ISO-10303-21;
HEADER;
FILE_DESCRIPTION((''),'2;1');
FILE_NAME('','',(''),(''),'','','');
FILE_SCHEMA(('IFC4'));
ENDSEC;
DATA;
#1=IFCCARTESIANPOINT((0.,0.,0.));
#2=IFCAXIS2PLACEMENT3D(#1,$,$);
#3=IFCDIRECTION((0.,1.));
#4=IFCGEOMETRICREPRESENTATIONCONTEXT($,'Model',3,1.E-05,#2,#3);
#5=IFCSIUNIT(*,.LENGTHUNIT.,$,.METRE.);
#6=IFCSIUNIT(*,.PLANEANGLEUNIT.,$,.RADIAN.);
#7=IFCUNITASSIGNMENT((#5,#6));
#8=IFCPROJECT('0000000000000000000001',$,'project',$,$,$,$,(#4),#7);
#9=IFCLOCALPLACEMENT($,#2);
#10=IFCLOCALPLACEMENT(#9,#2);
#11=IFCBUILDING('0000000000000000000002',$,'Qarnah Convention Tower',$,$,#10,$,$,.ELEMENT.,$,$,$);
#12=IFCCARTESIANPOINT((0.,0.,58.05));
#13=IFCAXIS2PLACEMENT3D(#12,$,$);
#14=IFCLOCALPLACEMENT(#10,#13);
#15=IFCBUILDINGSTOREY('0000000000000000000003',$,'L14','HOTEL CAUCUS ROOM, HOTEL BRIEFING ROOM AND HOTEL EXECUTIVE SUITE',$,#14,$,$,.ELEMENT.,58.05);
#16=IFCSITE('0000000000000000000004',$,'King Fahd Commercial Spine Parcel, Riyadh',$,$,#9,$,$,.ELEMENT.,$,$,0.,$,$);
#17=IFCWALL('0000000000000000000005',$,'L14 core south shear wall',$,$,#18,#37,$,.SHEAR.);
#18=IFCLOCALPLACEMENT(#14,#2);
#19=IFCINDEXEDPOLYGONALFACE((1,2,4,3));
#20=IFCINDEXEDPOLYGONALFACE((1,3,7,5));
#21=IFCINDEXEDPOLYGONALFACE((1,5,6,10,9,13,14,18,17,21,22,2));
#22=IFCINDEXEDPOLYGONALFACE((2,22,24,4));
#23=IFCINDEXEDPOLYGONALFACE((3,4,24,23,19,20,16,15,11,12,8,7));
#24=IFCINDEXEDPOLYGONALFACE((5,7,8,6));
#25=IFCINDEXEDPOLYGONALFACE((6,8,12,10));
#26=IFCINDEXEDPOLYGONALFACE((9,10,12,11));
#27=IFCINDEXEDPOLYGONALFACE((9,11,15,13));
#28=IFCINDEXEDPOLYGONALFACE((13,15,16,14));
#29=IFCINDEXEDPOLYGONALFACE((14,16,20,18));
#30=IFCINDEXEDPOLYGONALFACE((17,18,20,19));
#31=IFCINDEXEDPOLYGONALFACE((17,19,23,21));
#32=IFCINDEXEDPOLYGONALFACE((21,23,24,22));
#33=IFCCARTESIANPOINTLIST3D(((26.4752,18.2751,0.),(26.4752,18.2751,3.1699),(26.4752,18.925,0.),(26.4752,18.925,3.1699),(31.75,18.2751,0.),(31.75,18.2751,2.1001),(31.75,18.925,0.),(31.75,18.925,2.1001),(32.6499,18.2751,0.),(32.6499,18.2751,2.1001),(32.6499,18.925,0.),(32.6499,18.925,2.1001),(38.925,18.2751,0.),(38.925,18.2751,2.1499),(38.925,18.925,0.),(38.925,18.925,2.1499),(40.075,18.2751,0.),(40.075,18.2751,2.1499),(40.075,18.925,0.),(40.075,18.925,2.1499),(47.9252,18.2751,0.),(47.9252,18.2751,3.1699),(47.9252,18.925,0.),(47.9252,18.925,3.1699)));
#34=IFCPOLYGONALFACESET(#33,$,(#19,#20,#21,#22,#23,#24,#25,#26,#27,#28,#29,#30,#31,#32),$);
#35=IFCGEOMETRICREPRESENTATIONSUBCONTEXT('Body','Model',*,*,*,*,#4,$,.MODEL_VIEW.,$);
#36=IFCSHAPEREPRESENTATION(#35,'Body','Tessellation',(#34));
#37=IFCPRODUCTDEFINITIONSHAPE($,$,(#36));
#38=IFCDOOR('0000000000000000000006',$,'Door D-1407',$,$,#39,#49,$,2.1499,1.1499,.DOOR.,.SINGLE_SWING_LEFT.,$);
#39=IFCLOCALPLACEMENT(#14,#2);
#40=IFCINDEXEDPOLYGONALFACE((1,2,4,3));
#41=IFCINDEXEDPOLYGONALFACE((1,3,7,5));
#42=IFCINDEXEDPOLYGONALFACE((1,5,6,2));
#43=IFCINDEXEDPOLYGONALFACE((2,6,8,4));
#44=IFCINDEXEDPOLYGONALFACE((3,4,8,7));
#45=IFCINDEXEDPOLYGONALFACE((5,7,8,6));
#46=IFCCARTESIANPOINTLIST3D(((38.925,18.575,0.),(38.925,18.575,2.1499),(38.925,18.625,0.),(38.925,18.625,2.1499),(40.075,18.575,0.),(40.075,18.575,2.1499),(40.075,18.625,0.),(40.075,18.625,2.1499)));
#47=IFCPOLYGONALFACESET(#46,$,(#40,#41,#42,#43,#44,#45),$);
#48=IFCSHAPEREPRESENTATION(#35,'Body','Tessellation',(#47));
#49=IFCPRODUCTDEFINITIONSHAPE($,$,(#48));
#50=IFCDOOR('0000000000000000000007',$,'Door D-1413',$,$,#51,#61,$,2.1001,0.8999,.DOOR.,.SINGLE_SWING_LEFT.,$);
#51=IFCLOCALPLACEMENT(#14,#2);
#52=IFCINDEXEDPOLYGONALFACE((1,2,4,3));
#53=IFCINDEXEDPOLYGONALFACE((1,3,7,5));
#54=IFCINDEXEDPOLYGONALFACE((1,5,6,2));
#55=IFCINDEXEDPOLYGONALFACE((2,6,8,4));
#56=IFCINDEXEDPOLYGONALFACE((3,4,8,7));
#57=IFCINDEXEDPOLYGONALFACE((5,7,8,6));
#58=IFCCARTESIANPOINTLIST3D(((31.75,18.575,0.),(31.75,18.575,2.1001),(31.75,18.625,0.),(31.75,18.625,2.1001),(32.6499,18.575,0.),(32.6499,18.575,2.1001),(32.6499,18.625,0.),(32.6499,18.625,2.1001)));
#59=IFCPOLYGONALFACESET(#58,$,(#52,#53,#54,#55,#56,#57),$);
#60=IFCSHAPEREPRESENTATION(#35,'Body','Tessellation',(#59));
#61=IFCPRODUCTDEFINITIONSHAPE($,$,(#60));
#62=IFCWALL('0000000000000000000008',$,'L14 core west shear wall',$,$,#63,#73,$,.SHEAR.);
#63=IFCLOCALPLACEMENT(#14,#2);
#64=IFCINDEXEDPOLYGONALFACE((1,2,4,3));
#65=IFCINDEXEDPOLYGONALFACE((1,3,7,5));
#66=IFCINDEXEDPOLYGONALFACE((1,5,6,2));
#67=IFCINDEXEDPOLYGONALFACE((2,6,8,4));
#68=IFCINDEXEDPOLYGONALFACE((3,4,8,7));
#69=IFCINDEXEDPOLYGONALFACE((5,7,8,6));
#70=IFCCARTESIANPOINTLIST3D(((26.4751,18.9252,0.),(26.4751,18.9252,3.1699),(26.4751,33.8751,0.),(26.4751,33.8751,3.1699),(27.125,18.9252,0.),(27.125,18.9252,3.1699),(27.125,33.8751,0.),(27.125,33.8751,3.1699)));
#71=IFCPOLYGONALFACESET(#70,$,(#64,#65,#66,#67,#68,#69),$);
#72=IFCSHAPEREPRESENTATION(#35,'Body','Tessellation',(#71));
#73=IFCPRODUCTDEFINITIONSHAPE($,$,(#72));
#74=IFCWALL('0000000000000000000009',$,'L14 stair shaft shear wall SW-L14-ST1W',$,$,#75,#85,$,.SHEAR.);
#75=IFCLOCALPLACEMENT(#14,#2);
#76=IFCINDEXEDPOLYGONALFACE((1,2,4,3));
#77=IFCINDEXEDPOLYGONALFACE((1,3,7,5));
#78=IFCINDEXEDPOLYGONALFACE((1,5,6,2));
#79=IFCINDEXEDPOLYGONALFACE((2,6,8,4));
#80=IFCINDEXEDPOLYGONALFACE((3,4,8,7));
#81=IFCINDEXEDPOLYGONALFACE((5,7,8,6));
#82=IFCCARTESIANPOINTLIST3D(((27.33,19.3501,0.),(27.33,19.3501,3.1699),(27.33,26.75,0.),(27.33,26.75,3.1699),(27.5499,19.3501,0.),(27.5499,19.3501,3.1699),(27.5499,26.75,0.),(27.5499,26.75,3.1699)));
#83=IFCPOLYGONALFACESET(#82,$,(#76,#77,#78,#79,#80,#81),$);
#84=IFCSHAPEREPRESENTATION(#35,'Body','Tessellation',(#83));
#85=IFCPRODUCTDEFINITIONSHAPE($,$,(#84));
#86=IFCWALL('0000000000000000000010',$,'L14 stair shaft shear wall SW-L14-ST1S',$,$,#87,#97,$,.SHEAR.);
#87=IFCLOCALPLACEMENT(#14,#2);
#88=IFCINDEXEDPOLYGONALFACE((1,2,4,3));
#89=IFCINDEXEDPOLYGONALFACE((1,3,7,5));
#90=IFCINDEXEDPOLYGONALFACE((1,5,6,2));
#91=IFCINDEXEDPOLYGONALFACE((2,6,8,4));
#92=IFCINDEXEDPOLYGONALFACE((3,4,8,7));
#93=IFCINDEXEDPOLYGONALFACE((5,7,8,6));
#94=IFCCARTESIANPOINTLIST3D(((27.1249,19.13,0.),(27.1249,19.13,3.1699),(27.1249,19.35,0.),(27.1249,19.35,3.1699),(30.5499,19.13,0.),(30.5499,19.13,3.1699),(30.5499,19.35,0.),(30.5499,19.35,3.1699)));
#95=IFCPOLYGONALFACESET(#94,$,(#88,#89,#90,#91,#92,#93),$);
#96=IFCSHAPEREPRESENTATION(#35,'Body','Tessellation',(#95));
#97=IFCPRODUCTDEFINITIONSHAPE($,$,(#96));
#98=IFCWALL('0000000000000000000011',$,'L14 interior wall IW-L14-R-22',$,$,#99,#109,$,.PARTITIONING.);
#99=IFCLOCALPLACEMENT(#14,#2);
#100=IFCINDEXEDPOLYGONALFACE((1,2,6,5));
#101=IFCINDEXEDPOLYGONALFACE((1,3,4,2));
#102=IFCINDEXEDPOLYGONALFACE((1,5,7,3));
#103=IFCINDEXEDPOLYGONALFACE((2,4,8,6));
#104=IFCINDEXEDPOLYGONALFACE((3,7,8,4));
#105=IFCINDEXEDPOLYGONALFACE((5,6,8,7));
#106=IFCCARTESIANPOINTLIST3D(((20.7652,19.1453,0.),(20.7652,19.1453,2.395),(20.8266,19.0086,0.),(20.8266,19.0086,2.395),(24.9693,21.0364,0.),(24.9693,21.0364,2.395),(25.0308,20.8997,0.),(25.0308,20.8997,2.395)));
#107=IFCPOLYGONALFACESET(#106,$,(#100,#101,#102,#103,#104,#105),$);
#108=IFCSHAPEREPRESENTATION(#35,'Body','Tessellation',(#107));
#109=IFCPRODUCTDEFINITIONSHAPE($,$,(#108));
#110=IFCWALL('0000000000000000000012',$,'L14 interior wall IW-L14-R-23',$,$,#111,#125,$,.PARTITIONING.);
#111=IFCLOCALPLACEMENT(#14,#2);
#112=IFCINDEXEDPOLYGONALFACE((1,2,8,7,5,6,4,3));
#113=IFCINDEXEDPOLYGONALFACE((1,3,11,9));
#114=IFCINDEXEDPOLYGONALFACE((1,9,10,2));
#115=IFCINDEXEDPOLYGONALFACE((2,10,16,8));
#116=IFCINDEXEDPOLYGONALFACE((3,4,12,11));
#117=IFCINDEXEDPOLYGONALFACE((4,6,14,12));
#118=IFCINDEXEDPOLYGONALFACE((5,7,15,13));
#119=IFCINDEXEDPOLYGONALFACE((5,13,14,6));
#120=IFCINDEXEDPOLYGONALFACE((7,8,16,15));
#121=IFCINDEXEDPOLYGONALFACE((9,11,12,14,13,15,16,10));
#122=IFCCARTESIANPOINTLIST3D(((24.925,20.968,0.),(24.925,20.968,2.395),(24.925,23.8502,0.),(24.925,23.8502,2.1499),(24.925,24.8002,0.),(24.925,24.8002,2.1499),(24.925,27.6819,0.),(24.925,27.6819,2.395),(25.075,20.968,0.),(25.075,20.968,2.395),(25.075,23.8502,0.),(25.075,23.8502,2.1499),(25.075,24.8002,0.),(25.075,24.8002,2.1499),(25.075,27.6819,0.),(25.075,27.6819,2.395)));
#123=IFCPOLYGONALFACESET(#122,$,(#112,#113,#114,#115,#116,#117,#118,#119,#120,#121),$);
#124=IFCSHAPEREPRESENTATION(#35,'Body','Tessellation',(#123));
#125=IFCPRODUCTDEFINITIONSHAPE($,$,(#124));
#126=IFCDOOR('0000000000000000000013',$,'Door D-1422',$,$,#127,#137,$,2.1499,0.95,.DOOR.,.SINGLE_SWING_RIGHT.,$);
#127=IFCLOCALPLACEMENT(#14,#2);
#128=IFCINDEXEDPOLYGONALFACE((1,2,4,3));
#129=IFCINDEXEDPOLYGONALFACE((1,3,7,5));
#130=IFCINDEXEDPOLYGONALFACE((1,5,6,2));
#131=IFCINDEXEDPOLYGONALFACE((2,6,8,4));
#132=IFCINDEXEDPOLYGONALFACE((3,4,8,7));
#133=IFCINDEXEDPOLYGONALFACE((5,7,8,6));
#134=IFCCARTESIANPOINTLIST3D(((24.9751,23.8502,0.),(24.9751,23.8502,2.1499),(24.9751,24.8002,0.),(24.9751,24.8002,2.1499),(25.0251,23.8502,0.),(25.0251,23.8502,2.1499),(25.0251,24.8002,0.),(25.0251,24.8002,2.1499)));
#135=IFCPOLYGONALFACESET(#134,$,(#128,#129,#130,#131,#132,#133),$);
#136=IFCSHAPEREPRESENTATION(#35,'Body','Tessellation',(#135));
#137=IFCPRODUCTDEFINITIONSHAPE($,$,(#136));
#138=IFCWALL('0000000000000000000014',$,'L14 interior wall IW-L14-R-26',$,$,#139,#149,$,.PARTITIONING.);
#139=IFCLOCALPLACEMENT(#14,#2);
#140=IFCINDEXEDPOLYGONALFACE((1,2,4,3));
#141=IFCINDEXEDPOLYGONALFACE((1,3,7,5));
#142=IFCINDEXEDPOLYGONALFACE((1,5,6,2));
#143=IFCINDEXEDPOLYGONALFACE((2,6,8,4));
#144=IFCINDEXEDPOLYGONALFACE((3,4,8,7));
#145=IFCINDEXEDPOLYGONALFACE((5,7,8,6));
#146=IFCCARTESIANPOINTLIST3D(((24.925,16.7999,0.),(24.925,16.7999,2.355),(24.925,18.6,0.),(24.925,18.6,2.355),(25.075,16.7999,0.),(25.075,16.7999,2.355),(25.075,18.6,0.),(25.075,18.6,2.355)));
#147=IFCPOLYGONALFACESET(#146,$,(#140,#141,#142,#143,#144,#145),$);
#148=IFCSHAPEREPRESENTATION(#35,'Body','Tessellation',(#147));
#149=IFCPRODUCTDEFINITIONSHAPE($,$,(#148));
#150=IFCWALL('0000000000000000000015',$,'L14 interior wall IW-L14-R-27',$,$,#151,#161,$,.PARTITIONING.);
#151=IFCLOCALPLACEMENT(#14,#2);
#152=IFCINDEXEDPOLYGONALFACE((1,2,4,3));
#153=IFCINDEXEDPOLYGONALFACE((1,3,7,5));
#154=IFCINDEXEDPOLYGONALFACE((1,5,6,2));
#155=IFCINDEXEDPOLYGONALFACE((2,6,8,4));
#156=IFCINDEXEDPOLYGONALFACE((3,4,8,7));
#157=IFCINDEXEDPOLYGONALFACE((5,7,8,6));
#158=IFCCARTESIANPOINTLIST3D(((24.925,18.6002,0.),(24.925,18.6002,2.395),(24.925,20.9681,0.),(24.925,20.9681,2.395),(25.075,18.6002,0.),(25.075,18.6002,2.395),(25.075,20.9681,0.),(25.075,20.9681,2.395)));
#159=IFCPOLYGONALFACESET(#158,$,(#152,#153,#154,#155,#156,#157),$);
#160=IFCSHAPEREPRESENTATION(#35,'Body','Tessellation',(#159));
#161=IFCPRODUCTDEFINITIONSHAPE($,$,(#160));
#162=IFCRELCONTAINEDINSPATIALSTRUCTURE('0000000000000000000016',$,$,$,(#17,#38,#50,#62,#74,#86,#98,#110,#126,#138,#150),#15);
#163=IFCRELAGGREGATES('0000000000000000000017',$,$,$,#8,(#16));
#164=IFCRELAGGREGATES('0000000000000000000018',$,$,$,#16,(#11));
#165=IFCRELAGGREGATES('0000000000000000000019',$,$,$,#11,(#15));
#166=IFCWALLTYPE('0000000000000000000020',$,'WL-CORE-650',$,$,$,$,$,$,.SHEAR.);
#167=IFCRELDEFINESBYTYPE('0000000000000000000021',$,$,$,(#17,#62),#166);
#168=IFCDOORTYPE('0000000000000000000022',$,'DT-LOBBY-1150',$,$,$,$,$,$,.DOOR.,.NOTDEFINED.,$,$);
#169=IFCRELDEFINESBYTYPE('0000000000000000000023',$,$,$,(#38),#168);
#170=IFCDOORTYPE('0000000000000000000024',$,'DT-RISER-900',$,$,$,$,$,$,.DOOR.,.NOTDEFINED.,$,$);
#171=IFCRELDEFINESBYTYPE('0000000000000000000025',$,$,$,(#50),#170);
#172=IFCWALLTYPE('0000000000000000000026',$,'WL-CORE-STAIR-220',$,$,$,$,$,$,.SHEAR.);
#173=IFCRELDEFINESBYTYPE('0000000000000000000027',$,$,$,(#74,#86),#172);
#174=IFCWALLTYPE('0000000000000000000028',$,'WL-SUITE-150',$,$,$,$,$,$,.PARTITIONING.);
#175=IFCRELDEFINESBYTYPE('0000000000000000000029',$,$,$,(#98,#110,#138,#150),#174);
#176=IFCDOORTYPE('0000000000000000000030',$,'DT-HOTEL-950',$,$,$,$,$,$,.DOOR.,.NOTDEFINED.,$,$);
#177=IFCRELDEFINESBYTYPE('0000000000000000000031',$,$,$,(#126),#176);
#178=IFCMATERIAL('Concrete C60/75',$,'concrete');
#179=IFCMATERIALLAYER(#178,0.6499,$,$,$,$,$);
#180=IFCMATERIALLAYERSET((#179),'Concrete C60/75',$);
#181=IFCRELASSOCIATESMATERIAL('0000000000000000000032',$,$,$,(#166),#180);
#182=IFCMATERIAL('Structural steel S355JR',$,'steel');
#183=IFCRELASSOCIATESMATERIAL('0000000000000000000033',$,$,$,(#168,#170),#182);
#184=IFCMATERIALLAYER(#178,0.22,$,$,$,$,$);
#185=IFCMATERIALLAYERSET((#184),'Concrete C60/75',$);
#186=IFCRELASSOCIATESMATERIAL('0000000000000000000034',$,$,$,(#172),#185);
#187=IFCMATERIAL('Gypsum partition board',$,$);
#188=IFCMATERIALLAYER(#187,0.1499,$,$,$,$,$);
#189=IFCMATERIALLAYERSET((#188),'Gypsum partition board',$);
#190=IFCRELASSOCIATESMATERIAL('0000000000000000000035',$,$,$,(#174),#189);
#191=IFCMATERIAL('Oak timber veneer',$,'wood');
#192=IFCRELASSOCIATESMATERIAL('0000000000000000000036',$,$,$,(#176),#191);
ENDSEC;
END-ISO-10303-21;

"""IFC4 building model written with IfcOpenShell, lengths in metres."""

from ifc_helpers import new_model, si_unit, direction, frame, frame_2d, origin, place, context, subcontext, project, spatial, rectangle, extrude, material, layer, layer_set, type_object, element, fill, save


model = new_model("IFC4")

# Units and contexts
model_context = context("Model", 3, precision=1e-05, world=origin(), true_north=direction((0.0, 1.0)))
body_context = subcontext(model_context, "Body", "Model", "MODEL_VIEW")
ifc_project = project(units=[si_unit("LENGTHUNIT", "METRE"), si_unit("PLANEANGLEUNIT", "RADIAN")], contexts=[model_context])

# Site, building, storey
site_placement = place(None, origin())
site = spatial("IfcSite", under=ifc_project, at=site_placement, Name="King Fahd Commercial Spine Parcel, Riyadh", CompositionType="ELEMENT", RefElevation=0.0)
building_placement = place(site_placement, origin())
building = spatial("IfcBuilding", under=site, at=building_placement, Name="Qarnah Convention Tower", CompositionType="ELEMENT")
storey_placement = place(building_placement, frame((0.0, 0.0, 58.05)))
storey = spatial("IfcBuildingStorey", under=building, at=storey_placement, Name="L14", Description="HOTEL CAUCUS ROOM, HOTEL BRIEFING ROOM AND HOTEL EXECUTIVE SUITE", CompositionType="ELEMENT", Elevation=58.05)

# Shared definitions
ifc_material_1 = material(Name="Concrete C60/75", Category="concrete")
ifc_material_2 = material(Name="Structural steel S355JR", Category="steel")

# Wall, openings, doors
ifc_layer_1 = layer(ifc_material_1, 0.6499)
ifc_layer_set_1 = layer_set([ifc_layer_1], Name="Concrete C60/75")
wall_type_1 = type_object("IfcWallType", Name="WL-CORE-650", PredefinedType="SHEAR", material=ifc_layer_set_1)
wall_1_placement = place(storey_placement, frame((26.4751, 18.6001, 0.0), z_axis=(0.0, 0.0, 1.0), x_axis=(1.0, 0.0, 0.0)))
wall_1 = element("IfcWall", 1, at=wall_1_placement, inside=storey, type_object=wall_type_1, Name="L14 core south shear wall", PredefinedType="SHEAR", context=body_context, shape_type="SweptSolid", body=[
    extrude(rectangle(XDim=21.45, YDim=0.6499, at=frame_2d((10.7251, 0.0))), origin(), (0.0, 0.0, 1.0), 3.1699),
])
opening_1_placement = place(wall_1_placement, frame((12.45, 0.0, 0.0)))
opening_1 = element("IfcOpeningElement", 2, at=opening_1_placement, cuts=wall_1, PredefinedType="OPENING", context=body_context, shape_type="SweptSolid", body=[
    extrude(rectangle(XDim=1.1499, YDim=2.1499, at=frame_2d((0.575, 1.075))), frame((0.0, 0.335, 0.0), z_axis=(0.0, -1.0, 0.0), x_axis=(1.0, 0.0, 0.0)), (0.0, 0.0, 1.0), 0.6699),
])
opening_2_placement = place(wall_1_placement, frame((5.2749, 0.0, 0.0)))
opening_2 = element("IfcOpeningElement", 3, at=opening_2_placement, cuts=wall_1, PredefinedType="OPENING", context=body_context, shape_type="SweptSolid", body=[
    extrude(rectangle(XDim=0.8999, YDim=2.1001, at=frame_2d((0.45, 1.05))), frame((0.0, 0.335, 0.0), z_axis=(0.0, -1.0, 0.0), x_axis=(1.0, 0.0, 0.0)), (0.0, 0.0, 1.0), 0.6699),
])
door_type_1 = type_object("IfcDoorType", Name="DT-LOBBY-1150", OperationType="NOTDEFINED", PredefinedType="DOOR", material=ifc_material_2)
door_1_placement = place(opening_1_placement, origin())
door_1 = element("IfcDoor", 4, at=door_1_placement, inside=storey, type_object=door_type_1, Name="Door D-1407", OperationType="SINGLE_SWING_LEFT", OverallHeight=2.1499, OverallWidth=1.1499, PredefinedType="DOOR", context=body_context, shape_type="SweptSolid", body=[
    extrude(rectangle(XDim=1.1499, YDim=2.1499, at=frame_2d((0.575, 1.075))), frame((0.0, 0.0249, 0.0), z_axis=(0.0, -1.0, 0.0), x_axis=(1.0, 0.0, 0.0)), (0.0, 0.0, 1.0), 0.05),
])
fill(opening_1, door_1)
door_type_2 = type_object("IfcDoorType", Name="DT-RISER-900", OperationType="NOTDEFINED", PredefinedType="DOOR", material=ifc_material_2)
door_2_placement = place(opening_2_placement, origin())
door_2 = element("IfcDoor", 5, at=door_2_placement, inside=storey, type_object=door_type_2, Name="Door D-1413", OperationType="SINGLE_SWING_LEFT", OverallHeight=2.1001, OverallWidth=0.8999, PredefinedType="DOOR", context=body_context, shape_type="SweptSolid", body=[
    extrude(rectangle(XDim=0.8999, YDim=2.1001, at=frame_2d((0.45, 1.05))), frame((0.0, 0.0249, 0.0), z_axis=(0.0, -1.0, 0.0), x_axis=(1.0, 0.0, 0.0)), (0.0, 0.0, 1.0), 0.05),
])
fill(opening_2, door_2)

# Walls
wall_2_placement = place(storey_placement, frame((26.8, 18.925, 0.0), z_axis=(0.0, 0.0, 1.0), x_axis=(0.0, 1.0, 0.0)))
element("IfcWall", 6, at=wall_2_placement, inside=storey, type_object=wall_type_1, Name="L14 core west shear wall", PredefinedType="SHEAR", context=body_context, shape_type="SweptSolid", body=[
    extrude(rectangle(XDim=14.95, YDim=0.6499, at=frame_2d((7.4751, 0.0))), origin(), (0.0, 0.0, 1.0), 3.1699),
])
ifc_layer_2 = layer(ifc_material_1, 0.22)
ifc_layer_set_2 = layer_set([ifc_layer_2], Name="Concrete C60/75")
wall_type_2 = type_object("IfcWallType", Name="WL-CORE-STAIR-220", PredefinedType="SHEAR", material=ifc_layer_set_2)
wall_3_placement = place(storey_placement, frame((27.4399, 19.3501, 0.0), z_axis=(0.0, 0.0, 1.0), x_axis=(0.0, 1.0, 0.0)))
element("IfcWall", 7, at=wall_3_placement, inside=storey, type_object=wall_type_2, Name="L14 stair shaft shear wall SW-L14-ST1W", PredefinedType="SHEAR", context=body_context, shape_type="SweptSolid", body=[
    extrude(rectangle(XDim=7.3999, YDim=0.22, at=frame_2d((3.7, 0.0))), origin(), (0.0, 0.0, 1.0), 3.1699),
])
wall_4_placement = place(storey_placement, frame((27.125, 19.24, 0.0), z_axis=(0.0, 0.0, 1.0), x_axis=(1.0, 0.0, 0.0)))
element("IfcWall", 8, at=wall_4_placement, inside=storey, type_object=wall_type_2, Name="L14 stair shaft shear wall SW-L14-ST1S", PredefinedType="SHEAR", context=body_context, shape_type="SweptSolid", body=[
    extrude(rectangle(XDim=3.425, YDim=0.22, at=frame_2d((1.7124, 0.0))), origin(), (0.0, 0.0, 1.0), 3.1699),
])
ifc_material_3 = material(Name="Gypsum partition board")
ifc_layer_3 = layer(ifc_material_3, 0.1499)
ifc_layer_set_3 = layer_set([ifc_layer_3], Name="Gypsum partition board")
wall_type_3 = type_object("IfcWallType", Name="WL-SUITE-150", PredefinedType="PARTITIONING", material=ifc_layer_set_3)
wall_5_placement = place(storey_placement, frame((20.7959, 19.0769, 0.0), z_axis=(0.0, 0.0, 1.0), x_axis=(0.911981, 0.410233, 0.0)))
element("IfcWall", 9, at=wall_5_placement, inside=storey, type_object=wall_type_3, Name="L14 interior wall IW-L14-R-22", PredefinedType="PARTITIONING", context=body_context, shape_type="SweptSolid", body=[
    extrude(rectangle(XDim=4.6099, YDim=0.1499, at=frame_2d((2.3049, 0.0))), origin(), (0.0, 0.0, 1.0), 2.395),
])

# Wall, opening, door
wall_6_placement = place(storey_placement, frame((25.0, 20.968, 0.0), z_axis=(0.0, 0.0, 1.0), x_axis=(0.0, 1.0, 0.0)))
wall_6 = element("IfcWall", 10, at=wall_6_placement, inside=storey, type_object=wall_type_3, Name="L14 interior wall IW-L14-R-23", PredefinedType="PARTITIONING", context=body_context, shape_type="SweptSolid", body=[
    extrude(rectangle(XDim=6.7139, YDim=0.1499, at=frame_2d((3.3569, 0.0))), origin(), (0.0, 0.0, 1.0), 2.395),
])
opening_3_placement = place(wall_6_placement, frame((2.8821, 0.0, 0.0)))
opening_3 = element("IfcOpeningElement", 11, at=opening_3_placement, cuts=wall_6, PredefinedType="OPENING", context=body_context, shape_type="SweptSolid", body=[
    extrude(rectangle(XDim=0.95, YDim=2.1499, at=frame_2d((0.4751, 1.075))), frame((0.0, 0.085, 0.0), z_axis=(0.0, -1.0, 0.0), x_axis=(1.0, 0.0, 0.0)), (0.0, 0.0, 1.0), 0.1699),
])
ifc_material_4 = material(Name="Oak timber veneer", Category="wood")
door_type_3 = type_object("IfcDoorType", Name="DT-HOTEL-950", OperationType="NOTDEFINED", PredefinedType="DOOR", material=ifc_material_4)
door_3_placement = place(opening_3_placement, origin())
door_3 = element("IfcDoor", 12, at=door_3_placement, inside=storey, type_object=door_type_3, Name="Door D-1422", OperationType="SINGLE_SWING_RIGHT", OverallHeight=2.1499, OverallWidth=0.95, PredefinedType="DOOR", context=body_context, shape_type="SweptSolid", body=[
    extrude(rectangle(XDim=0.95, YDim=2.1499, at=frame_2d((0.4751, 1.075))), frame((0.0, 0.0249, 0.0), z_axis=(0.0, -1.0, 0.0), x_axis=(1.0, 0.0, 0.0)), (0.0, 0.0, 1.0), 0.05),
])
fill(opening_3, door_3)

# Walls
wall_7_placement = place(storey_placement, frame((25.0, 16.8, 0.0), z_axis=(0.0, 0.0, 1.0), x_axis=(0.0, 1.0, 0.0)))
element("IfcWall", 13, at=wall_7_placement, inside=storey, type_object=wall_type_3, Name="L14 interior wall IW-L14-R-26", PredefinedType="PARTITIONING", context=body_context, shape_type="SweptSolid", body=[
    extrude(rectangle(XDim=1.8, YDim=0.1499, at=frame_2d((0.8999, 0.0))), origin(), (0.0, 0.0, 1.0), 2.355),
])
wall_8_placement = place(storey_placement, frame((25.0, 18.6001, 0.0), z_axis=(0.0, 0.0, 1.0), x_axis=(0.0, 1.0, 0.0)))
element("IfcWall", 14, at=wall_8_placement, inside=storey, type_object=wall_type_3, Name="L14 interior wall IW-L14-R-27", PredefinedType="PARTITIONING", context=body_context, shape_type="SweptSolid", body=[
    extrude(rectangle(XDim=2.3679, YDim=0.1499, at=frame_2d((1.1841, 0.0))), origin(), (0.0, 0.0, 1.0), 2.395),
])

save(model, "model.ifc")
